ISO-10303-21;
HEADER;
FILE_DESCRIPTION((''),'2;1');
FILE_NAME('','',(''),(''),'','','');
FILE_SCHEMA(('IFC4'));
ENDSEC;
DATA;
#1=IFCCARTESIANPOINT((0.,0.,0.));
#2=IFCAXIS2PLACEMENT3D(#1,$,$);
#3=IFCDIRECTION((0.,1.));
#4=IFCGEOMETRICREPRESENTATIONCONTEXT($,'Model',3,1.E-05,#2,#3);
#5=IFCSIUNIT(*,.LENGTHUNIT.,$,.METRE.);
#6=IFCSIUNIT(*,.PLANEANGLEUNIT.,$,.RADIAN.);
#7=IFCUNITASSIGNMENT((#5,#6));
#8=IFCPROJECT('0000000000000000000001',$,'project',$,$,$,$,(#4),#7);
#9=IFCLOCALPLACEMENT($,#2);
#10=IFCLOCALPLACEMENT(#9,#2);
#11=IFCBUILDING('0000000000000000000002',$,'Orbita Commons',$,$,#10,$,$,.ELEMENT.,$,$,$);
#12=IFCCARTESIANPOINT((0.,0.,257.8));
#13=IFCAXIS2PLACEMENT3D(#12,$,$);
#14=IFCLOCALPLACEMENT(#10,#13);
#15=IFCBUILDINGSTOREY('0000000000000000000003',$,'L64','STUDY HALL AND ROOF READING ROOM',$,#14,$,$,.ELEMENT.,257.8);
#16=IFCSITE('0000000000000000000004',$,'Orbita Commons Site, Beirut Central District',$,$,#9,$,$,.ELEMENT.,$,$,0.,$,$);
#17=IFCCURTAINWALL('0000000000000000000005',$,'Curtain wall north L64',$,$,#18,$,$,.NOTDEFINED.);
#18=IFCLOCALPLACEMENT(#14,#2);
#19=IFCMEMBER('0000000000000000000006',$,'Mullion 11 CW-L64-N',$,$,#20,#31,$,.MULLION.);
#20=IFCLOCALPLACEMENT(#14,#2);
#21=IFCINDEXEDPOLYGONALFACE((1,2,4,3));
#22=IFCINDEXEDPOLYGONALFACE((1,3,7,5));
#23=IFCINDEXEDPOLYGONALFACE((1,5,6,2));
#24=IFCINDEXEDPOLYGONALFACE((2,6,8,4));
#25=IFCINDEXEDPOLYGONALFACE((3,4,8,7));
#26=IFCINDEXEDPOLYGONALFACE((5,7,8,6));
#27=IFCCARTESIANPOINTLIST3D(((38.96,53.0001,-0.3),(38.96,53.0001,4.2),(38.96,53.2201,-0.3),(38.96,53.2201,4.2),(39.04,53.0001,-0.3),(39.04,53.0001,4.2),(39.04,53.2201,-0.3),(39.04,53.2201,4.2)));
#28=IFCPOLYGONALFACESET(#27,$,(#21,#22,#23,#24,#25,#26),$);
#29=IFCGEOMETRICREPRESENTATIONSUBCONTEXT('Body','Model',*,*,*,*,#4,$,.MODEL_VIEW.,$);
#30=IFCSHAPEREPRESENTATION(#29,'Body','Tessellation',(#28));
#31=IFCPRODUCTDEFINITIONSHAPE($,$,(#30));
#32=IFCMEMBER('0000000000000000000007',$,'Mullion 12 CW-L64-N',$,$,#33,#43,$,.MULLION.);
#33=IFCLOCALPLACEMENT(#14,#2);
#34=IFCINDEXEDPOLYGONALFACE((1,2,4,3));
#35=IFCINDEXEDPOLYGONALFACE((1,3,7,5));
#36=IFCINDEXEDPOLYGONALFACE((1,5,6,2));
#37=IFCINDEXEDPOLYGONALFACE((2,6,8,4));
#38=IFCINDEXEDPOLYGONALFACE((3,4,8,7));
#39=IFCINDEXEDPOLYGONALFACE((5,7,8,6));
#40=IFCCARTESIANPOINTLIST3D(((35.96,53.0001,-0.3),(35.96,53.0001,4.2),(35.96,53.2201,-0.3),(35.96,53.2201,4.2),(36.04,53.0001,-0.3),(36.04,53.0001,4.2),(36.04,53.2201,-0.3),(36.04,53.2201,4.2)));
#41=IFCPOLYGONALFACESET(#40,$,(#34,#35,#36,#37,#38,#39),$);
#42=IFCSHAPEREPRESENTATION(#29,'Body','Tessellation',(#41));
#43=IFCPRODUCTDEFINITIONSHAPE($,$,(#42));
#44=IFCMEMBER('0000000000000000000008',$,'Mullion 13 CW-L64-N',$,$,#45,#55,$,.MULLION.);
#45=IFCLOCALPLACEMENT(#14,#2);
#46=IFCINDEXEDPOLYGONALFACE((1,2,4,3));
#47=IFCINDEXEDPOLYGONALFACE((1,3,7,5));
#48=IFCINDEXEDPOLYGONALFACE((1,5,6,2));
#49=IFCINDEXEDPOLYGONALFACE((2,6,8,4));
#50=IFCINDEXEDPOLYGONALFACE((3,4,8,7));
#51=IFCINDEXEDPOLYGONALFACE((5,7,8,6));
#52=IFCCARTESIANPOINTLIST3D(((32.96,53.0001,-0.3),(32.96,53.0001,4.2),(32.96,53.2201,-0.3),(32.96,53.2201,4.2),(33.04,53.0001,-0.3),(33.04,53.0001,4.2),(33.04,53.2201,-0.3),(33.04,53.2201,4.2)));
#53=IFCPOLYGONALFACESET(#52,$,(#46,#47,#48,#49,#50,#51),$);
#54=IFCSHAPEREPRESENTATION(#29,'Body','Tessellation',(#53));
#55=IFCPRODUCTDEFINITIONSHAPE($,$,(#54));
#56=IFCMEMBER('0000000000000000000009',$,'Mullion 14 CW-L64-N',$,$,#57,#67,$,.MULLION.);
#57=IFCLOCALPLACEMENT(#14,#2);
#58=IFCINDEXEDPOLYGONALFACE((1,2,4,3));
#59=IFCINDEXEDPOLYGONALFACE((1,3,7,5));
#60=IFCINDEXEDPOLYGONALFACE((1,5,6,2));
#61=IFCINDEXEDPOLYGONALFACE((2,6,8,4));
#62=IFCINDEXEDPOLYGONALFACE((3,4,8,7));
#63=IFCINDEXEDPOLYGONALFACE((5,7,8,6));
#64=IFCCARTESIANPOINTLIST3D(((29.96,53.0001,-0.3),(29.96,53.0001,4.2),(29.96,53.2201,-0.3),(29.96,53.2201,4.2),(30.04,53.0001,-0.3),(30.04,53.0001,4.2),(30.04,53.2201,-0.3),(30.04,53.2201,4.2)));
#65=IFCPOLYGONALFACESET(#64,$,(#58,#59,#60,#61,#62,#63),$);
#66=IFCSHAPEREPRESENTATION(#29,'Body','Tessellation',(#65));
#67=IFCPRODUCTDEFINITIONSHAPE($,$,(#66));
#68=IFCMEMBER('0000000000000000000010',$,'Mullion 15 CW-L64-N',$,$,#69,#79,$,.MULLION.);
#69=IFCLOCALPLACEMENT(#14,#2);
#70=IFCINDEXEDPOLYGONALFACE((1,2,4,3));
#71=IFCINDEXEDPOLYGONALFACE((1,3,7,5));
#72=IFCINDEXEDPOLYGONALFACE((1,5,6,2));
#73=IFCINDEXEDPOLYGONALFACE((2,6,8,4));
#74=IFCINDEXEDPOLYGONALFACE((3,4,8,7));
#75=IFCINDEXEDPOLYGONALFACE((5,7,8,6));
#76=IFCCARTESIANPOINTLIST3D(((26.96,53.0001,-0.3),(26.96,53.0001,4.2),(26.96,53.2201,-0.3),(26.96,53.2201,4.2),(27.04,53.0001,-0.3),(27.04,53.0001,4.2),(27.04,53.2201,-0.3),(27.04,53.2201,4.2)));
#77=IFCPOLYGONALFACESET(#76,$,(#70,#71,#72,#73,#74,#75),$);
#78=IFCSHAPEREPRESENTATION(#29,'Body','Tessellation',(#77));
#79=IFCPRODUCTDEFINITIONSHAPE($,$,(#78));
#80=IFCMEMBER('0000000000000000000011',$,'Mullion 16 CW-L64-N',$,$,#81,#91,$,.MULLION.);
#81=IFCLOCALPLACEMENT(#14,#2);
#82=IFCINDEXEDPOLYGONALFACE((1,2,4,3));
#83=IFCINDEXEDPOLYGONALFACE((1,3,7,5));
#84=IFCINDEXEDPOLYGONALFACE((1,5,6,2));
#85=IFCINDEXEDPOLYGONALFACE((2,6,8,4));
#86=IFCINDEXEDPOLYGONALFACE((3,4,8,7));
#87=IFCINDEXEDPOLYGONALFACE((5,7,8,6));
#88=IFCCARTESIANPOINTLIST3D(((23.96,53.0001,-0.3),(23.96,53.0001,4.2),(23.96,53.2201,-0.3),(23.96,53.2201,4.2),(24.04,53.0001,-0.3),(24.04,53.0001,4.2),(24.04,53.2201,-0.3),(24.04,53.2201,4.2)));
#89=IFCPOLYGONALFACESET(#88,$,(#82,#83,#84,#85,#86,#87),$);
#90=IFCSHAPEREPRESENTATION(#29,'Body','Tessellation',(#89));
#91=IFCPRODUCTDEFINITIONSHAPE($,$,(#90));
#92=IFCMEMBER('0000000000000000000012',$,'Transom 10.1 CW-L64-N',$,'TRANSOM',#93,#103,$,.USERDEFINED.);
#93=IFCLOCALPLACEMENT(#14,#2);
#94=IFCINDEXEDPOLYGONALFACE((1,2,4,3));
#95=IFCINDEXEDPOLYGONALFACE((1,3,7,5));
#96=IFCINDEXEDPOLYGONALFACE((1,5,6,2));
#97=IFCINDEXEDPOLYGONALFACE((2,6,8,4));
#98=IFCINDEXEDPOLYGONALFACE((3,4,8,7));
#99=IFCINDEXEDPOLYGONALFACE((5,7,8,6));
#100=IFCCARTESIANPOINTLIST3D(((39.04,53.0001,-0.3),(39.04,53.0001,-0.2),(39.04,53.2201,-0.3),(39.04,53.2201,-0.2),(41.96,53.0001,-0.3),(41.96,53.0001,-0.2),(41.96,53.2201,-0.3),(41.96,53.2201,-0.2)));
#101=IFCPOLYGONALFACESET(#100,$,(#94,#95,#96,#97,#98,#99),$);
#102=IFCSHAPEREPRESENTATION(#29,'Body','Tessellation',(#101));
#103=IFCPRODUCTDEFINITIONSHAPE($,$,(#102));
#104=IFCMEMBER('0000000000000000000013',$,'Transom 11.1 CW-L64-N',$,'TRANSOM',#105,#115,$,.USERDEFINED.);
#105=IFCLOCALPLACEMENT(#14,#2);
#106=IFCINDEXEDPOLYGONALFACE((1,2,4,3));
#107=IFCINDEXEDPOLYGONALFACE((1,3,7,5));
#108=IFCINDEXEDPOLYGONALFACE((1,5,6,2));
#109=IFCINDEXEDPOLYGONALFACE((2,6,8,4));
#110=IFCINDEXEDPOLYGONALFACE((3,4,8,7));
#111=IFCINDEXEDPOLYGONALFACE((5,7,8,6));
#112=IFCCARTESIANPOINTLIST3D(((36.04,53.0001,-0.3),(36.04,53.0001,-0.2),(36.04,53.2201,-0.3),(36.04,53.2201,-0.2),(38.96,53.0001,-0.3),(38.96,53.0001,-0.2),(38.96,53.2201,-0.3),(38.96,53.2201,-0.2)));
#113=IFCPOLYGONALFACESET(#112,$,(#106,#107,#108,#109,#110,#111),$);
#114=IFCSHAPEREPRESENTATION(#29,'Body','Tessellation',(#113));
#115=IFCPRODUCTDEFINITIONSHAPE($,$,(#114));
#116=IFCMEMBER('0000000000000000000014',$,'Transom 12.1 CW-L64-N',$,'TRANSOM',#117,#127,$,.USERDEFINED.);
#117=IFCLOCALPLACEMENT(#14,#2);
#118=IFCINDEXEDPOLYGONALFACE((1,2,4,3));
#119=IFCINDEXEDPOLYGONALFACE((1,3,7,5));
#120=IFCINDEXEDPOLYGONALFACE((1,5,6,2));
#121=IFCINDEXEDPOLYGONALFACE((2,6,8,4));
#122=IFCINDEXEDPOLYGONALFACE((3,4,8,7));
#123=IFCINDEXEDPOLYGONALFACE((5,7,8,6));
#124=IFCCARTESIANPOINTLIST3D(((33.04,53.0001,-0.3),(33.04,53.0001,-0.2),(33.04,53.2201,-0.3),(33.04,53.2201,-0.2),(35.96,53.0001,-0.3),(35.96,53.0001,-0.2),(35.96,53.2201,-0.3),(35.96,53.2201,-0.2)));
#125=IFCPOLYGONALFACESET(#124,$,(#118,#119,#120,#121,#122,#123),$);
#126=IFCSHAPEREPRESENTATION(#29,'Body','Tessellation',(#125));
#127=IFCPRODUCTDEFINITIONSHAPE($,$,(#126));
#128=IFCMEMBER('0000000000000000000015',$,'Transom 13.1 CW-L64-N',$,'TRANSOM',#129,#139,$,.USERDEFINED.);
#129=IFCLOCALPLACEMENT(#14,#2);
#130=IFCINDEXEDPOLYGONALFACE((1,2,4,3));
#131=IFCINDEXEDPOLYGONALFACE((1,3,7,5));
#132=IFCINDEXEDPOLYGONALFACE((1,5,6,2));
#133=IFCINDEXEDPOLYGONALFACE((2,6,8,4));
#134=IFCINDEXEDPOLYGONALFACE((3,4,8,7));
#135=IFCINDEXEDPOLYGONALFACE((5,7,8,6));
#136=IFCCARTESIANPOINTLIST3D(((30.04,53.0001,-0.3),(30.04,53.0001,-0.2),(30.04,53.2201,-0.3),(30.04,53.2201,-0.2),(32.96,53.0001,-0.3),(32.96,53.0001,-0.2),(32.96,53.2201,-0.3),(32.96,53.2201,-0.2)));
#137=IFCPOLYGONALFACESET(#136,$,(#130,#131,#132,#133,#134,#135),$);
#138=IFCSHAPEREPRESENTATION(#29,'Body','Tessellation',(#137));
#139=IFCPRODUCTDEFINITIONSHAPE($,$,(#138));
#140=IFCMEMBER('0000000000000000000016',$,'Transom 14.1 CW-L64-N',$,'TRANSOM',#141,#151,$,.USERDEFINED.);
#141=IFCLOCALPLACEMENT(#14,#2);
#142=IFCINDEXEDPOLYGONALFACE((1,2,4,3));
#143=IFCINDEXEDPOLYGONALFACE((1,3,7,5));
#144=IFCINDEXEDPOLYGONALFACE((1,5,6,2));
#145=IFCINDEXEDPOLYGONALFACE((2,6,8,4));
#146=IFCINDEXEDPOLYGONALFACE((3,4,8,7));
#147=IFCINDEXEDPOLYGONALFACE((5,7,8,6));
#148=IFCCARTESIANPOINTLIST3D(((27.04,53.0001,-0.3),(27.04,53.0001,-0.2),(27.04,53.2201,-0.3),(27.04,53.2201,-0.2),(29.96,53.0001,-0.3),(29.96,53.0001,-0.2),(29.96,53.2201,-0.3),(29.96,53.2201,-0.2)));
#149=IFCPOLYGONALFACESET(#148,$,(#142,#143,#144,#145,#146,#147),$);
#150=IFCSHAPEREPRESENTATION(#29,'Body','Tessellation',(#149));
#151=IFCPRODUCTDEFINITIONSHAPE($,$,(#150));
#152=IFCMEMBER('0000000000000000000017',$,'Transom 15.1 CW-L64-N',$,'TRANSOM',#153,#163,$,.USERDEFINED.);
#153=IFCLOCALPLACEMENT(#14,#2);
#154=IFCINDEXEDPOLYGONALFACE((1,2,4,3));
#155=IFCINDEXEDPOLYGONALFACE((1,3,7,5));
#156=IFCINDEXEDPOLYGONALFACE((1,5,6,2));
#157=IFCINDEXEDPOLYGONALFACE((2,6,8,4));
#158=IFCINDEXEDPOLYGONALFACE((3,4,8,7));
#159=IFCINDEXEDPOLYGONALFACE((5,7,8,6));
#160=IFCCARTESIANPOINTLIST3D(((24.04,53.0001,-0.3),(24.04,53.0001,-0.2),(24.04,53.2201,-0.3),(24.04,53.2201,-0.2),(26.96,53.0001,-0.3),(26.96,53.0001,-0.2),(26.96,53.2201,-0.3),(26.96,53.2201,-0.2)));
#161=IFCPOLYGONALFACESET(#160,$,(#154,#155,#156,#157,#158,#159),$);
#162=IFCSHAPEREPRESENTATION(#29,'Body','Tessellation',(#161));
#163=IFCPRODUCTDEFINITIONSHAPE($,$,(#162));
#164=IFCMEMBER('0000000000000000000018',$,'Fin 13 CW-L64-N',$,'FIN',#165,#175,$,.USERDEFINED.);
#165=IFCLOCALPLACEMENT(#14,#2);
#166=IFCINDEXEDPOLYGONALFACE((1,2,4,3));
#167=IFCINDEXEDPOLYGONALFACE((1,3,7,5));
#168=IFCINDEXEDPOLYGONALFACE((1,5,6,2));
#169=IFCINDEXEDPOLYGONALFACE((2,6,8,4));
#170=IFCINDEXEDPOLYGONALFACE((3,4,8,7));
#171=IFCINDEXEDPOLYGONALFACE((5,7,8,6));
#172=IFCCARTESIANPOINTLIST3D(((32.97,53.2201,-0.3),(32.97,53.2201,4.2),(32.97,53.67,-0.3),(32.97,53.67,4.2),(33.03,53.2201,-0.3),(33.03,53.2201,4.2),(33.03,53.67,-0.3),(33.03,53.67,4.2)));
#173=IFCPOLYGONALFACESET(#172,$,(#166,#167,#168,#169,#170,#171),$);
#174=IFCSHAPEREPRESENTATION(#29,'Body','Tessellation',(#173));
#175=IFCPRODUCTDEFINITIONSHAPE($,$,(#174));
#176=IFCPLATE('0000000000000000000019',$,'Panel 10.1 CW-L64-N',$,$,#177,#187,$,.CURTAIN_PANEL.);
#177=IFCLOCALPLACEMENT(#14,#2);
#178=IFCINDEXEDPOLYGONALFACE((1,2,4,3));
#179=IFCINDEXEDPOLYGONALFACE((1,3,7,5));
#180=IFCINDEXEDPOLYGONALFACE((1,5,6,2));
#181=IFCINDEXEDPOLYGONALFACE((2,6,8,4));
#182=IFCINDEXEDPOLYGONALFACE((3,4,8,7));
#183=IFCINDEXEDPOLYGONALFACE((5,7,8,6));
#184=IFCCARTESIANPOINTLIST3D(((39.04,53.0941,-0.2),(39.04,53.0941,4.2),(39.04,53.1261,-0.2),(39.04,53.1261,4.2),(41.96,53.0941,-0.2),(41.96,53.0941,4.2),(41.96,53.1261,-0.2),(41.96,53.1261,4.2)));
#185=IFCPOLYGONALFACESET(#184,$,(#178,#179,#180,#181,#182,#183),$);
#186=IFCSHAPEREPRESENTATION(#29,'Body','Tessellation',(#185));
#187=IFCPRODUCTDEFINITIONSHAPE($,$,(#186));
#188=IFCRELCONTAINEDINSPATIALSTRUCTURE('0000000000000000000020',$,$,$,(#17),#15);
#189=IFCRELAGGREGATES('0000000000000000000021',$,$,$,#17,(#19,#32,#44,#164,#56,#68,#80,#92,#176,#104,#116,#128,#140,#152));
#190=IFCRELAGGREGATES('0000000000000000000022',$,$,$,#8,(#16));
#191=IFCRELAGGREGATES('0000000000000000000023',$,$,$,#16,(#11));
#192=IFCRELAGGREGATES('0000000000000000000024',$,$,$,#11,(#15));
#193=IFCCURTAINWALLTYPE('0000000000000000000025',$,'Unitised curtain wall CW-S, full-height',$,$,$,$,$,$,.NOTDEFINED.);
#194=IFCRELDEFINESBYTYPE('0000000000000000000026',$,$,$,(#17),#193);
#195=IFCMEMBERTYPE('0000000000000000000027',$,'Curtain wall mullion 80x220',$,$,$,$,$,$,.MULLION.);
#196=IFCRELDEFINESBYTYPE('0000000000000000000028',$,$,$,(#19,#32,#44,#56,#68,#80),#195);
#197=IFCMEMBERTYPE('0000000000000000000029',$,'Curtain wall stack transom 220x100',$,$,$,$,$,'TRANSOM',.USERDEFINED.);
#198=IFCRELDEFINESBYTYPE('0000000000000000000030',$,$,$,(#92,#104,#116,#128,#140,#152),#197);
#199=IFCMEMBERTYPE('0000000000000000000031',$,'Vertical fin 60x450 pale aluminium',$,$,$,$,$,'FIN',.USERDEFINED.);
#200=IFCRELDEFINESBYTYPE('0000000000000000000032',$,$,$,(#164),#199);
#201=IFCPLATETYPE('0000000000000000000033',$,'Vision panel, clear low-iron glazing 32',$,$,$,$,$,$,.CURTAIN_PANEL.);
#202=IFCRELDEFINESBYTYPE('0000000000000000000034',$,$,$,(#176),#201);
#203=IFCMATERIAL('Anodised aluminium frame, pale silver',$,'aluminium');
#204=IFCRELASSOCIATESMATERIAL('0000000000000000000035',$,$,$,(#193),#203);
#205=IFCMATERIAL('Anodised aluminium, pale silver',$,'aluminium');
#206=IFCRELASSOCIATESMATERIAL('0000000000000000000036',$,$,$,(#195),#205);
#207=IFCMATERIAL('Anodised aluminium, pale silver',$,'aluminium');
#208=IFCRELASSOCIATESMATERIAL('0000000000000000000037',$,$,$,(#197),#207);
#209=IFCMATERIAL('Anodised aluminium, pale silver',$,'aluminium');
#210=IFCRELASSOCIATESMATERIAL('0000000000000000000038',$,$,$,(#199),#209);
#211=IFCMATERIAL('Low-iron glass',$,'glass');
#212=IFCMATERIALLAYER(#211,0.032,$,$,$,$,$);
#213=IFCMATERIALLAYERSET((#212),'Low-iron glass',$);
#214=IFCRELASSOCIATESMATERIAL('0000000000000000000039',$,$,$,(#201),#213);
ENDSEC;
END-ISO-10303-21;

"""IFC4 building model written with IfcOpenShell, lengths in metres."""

from ifc_helpers import new_model, si_unit, direction, frame, origin, origin_2d, place, context, subcontext, project, spatial, rectangle, extrude, material, layer, layer_set, material_profile, profile_set, type_object, element, aggregate, save


model = new_model("IFC4")

# Units and contexts
model_context = context("Model", 3, precision=1e-05, world=origin(), true_north=direction((0.0, 1.0)))
body_context = subcontext(model_context, "Body", "Model", "MODEL_VIEW")
ifc_project = project(units=[si_unit("LENGTHUNIT", "METRE"), si_unit("PLANEANGLEUNIT", "RADIAN")], contexts=[model_context])

# Site, building, storey
site_placement = place(None, origin())
site = spatial("IfcSite", under=ifc_project, at=site_placement, Name="Orbita Commons Site, Beirut Central District", CompositionType="ELEMENT", RefElevation=0.0)
building_placement = place(site_placement, origin())
building = spatial("IfcBuilding", under=site, at=building_placement, Name="Orbita Commons", CompositionType="ELEMENT")
storey_placement = place(building_placement, frame((0.0, 0.0, 257.8)))
storey = spatial("IfcBuildingStorey", under=building, at=storey_placement, Name="L64", Description="STUDY HALL AND ROOF READING ROOM", CompositionType="ELEMENT", Elevation=257.8)

# Curtain wall, members, plate
ifc_material_1 = material(Name="Anodised aluminium frame, pale silver", Category="aluminium")
curtain_wall_type = type_object("IfcCurtainWallType", Name="Unitised curtain wall CW-S, full-height", PredefinedType="NOTDEFINED", material=ifc_material_1)
curtain_wall_placement = place(storey_placement, origin())
curtain_wall = element("IfcCurtainWall", 1, at=curtain_wall_placement, inside=storey, type_object=curtain_wall_type, Name="Curtain wall north L64", PredefinedType="NOTDEFINED")
ifc_material_2 = material(Name="Anodised aluminium, pale silver", Category="aluminium")
ifc_material_profile_1 = material_profile(ifc_material_2, rectangle(XDim=0.0801, YDim=0.22, at=origin_2d()), Name="AL 80x220")
ifc_profile_set_1 = profile_set([ifc_material_profile_1], Name="Anodised aluminium, pale silver")
member_type_1 = type_object("IfcMemberType", Name="Curtain wall mullion 80x220", PredefinedType="MULLION", material=ifc_profile_set_1)
member_1_placement = place(storey_placement, frame((39.0, 53.1101, -0.3), z_axis=(0.0, 0.0, 1.0), x_axis=(-1.0, 0.0, 0.0)))
member_1 = element("IfcMember", 2, at=member_1_placement, type_object=member_type_1, Name="Mullion 11 CW-L64-N", PredefinedType="MULLION", context=body_context, shape_type="SweptSolid", body=[
    extrude(rectangle(XDim=0.0801, YDim=0.22, at=origin_2d()), origin(), (0.0, 0.0, 1.0), 4.5),
])
member_2_placement = place(storey_placement, frame((36.0, 53.1101, -0.3), z_axis=(0.0, 0.0, 1.0), x_axis=(-1.0, 0.0, 0.0)))
member_2 = element("IfcMember", 3, at=member_2_placement, type_object=member_type_1, Name="Mullion 12 CW-L64-N", PredefinedType="MULLION", context=body_context, shape_type="SweptSolid", body=[
    extrude(rectangle(XDim=0.0801, YDim=0.22, at=origin_2d()), origin(), (0.0, 0.0, 1.0), 4.5),
])
member_3_placement = place(storey_placement, frame((33.0, 53.1101, -0.3), z_axis=(0.0, 0.0, 1.0), x_axis=(-1.0, 0.0, 0.0)))
member_3 = element("IfcMember", 4, at=member_3_placement, type_object=member_type_1, Name="Mullion 13 CW-L64-N", PredefinedType="MULLION", context=body_context, shape_type="SweptSolid", body=[
    extrude(rectangle(XDim=0.0801, YDim=0.22, at=origin_2d()), origin(), (0.0, 0.0, 1.0), 4.5),
])
member_4_placement = place(storey_placement, frame((30.0, 53.1101, -0.3), z_axis=(0.0, 0.0, 1.0), x_axis=(-1.0, 0.0, 0.0)))
member_4 = element("IfcMember", 5, at=member_4_placement, type_object=member_type_1, Name="Mullion 14 CW-L64-N", PredefinedType="MULLION", context=body_context, shape_type="SweptSolid", body=[
    extrude(rectangle(XDim=0.0801, YDim=0.22, at=origin_2d()), origin(), (0.0, 0.0, 1.0), 4.5),
])
member_5_placement = place(storey_placement, frame((27.0, 53.1101, -0.3), z_axis=(0.0, 0.0, 1.0), x_axis=(-1.0, 0.0, 0.0)))
member_5 = element("IfcMember", 6, at=member_5_placement, type_object=member_type_1, Name="Mullion 15 CW-L64-N", PredefinedType="MULLION", context=body_context, shape_type="SweptSolid", body=[
    extrude(rectangle(XDim=0.0801, YDim=0.22, at=origin_2d()), origin(), (0.0, 0.0, 1.0), 4.5),
])
member_6_placement = place(storey_placement, frame((24.0, 53.1101, -0.3), z_axis=(0.0, 0.0, 1.0), x_axis=(-1.0, 0.0, 0.0)))
member_6 = element("IfcMember", 7, at=member_6_placement, type_object=member_type_1, Name="Mullion 16 CW-L64-N", PredefinedType="MULLION", context=body_context, shape_type="SweptSolid", body=[
    extrude(rectangle(XDim=0.0801, YDim=0.22, at=origin_2d()), origin(), (0.0, 0.0, 1.0), 4.5),
])
ifc_material_3 = material(Name="Anodised aluminium, pale silver", Category="aluminium")
ifc_material_profile_2 = material_profile(ifc_material_3, rectangle(XDim=0.22, YDim=0.1001, at=origin_2d()), Name="AL 220x100")
ifc_profile_set_2 = profile_set([ifc_material_profile_2], Name="Anodised aluminium, pale silver")
member_type_2 = type_object("IfcMemberType", Name="Curtain wall stack transom 220x100", ElementType="TRANSOM", PredefinedType="USERDEFINED", material=ifc_profile_set_2)
member_7_placement = place(storey_placement, frame((41.96, 53.1101, -0.25), z_axis=(-1.0, 0.0, 0.0), x_axis=(0.0, -1.0, 0.0)))
member_7 = element("IfcMember", 8, at=member_7_placement, type_object=member_type_2, Name="Transom 10.1 CW-L64-N", ObjectType="TRANSOM", PredefinedType="USERDEFINED", context=body_context, shape_type="SweptSolid", body=[
    extrude(rectangle(XDim=0.22, YDim=0.1001, at=origin_2d()), origin(), (0.0, 0.0, 1.0), 2.9199),
])
member_8_placement = place(storey_placement, frame((38.96, 53.1101, -0.25), z_axis=(-1.0, 0.0, 0.0), x_axis=(0.0, -1.0, 0.0)))
member_8 = element("IfcMember", 9, at=member_8_placement, type_object=member_type_2, Name="Transom 11.1 CW-L64-N", ObjectType="TRANSOM", PredefinedType="USERDEFINED", context=body_context, shape_type="SweptSolid", body=[
    extrude(rectangle(XDim=0.22, YDim=0.1001, at=origin_2d()), origin(), (0.0, 0.0, 1.0), 2.9199),
])
member_9_placement = place(storey_placement, frame((35.96, 53.1101, -0.25), z_axis=(-1.0, 0.0, 0.0), x_axis=(0.0, -1.0, 0.0)))
member_9 = element("IfcMember", 10, at=member_9_placement, type_object=member_type_2, Name="Transom 12.1 CW-L64-N", ObjectType="TRANSOM", PredefinedType="USERDEFINED", context=body_context, shape_type="SweptSolid", body=[
    extrude(rectangle(XDim=0.22, YDim=0.1001, at=origin_2d()), origin(), (0.0, 0.0, 1.0), 2.9199),
])
member_10_placement = place(storey_placement, frame((32.96, 53.1101, -0.25), z_axis=(-1.0, 0.0, 0.0), x_axis=(0.0, -1.0, 0.0)))
member_10 = element("IfcMember", 11, at=member_10_placement, type_object=member_type_2, Name="Transom 13.1 CW-L64-N", ObjectType="TRANSOM", PredefinedType="USERDEFINED", context=body_context, shape_type="SweptSolid", body=[
    extrude(rectangle(XDim=0.22, YDim=0.1001, at=origin_2d()), origin(), (0.0, 0.0, 1.0), 2.9199),
])
member_11_placement = place(storey_placement, frame((29.96, 53.1101, -0.25), z_axis=(-1.0, 0.0, 0.0), x_axis=(0.0, -1.0, 0.0)))
member_11 = element("IfcMember", 12, at=member_11_placement, type_object=member_type_2, Name="Transom 14.1 CW-L64-N", ObjectType="TRANSOM", PredefinedType="USERDEFINED", context=body_context, shape_type="SweptSolid", body=[
    extrude(rectangle(XDim=0.22, YDim=0.1001, at=origin_2d()), origin(), (0.0, 0.0, 1.0), 2.9199),
])
member_12_placement = place(storey_placement, frame((26.96, 53.1101, -0.25), z_axis=(-1.0, 0.0, 0.0), x_axis=(0.0, -1.0, 0.0)))
member_12 = element("IfcMember", 13, at=member_12_placement, type_object=member_type_2, Name="Transom 15.1 CW-L64-N", ObjectType="TRANSOM", PredefinedType="USERDEFINED", context=body_context, shape_type="SweptSolid", body=[
    extrude(rectangle(XDim=0.22, YDim=0.1001, at=origin_2d()), origin(), (0.0, 0.0, 1.0), 2.9199),
])
ifc_material_4 = material(Name="Anodised aluminium, pale silver", Category="aluminium")
ifc_material_profile_3 = material_profile(ifc_material_4, rectangle(XDim=0.0601, YDim=0.45, at=origin_2d()), Name="FIN 60x450")
ifc_profile_set_3 = profile_set([ifc_material_profile_3], Name="Anodised aluminium, pale silver")
member_type_3 = type_object("IfcMemberType", Name="Vertical fin 60x450 pale aluminium", ElementType="FIN", PredefinedType="USERDEFINED", material=ifc_profile_set_3)
member_13_placement = place(storey_placement, frame((33.0, 53.4451, -0.3), z_axis=(0.0, 0.0, 1.0), x_axis=(-1.0, 0.0, 0.0)))
member_13 = element("IfcMember", 14, at=member_13_placement, type_object=member_type_3, Name="Fin 13 CW-L64-N", ObjectType="FIN", PredefinedType="USERDEFINED", context=body_context, shape_type="SweptSolid", body=[
    extrude(rectangle(XDim=0.0601, YDim=0.45, at=origin_2d()), origin(), (0.0, 0.0, 1.0), 4.5),
])
ifc_material_5 = material(Name="Low-iron glass", Category="glass")
ifc_layer_1 = layer(ifc_material_5, 0.032)
ifc_layer_set_1 = layer_set([ifc_layer_1], Name="Low-iron glass")
plate_type = type_object("IfcPlateType", Name="Vision panel, clear low-iron glazing 32", PredefinedType="CURTAIN_PANEL", material=ifc_layer_set_1)
plate_1_placement = place(storey_placement, frame((40.5, 53.1101, -0.2), z_axis=(0.0, 0.0, 1.0), x_axis=(-1.0, 0.0, 0.0)))
plate_1 = element("IfcPlate", 15, at=plate_1_placement, type_object=plate_type, Name="Panel 10.1 CW-L64-N", PredefinedType="CURTAIN_PANEL", context=body_context, shape_type="SweptSolid", body=[
    extrude(rectangle(XDim=2.9199, YDim=0.032, at=origin_2d()), origin(), (0.0, 0.0, 1.0), 4.3999),
])
aggregate(curtain_wall, [member_1, member_2, member_3, member_13, member_4, member_5, member_6, member_7, plate_1, member_8, member_9, member_10, member_11, member_12])

save(model, "model.ifc")
